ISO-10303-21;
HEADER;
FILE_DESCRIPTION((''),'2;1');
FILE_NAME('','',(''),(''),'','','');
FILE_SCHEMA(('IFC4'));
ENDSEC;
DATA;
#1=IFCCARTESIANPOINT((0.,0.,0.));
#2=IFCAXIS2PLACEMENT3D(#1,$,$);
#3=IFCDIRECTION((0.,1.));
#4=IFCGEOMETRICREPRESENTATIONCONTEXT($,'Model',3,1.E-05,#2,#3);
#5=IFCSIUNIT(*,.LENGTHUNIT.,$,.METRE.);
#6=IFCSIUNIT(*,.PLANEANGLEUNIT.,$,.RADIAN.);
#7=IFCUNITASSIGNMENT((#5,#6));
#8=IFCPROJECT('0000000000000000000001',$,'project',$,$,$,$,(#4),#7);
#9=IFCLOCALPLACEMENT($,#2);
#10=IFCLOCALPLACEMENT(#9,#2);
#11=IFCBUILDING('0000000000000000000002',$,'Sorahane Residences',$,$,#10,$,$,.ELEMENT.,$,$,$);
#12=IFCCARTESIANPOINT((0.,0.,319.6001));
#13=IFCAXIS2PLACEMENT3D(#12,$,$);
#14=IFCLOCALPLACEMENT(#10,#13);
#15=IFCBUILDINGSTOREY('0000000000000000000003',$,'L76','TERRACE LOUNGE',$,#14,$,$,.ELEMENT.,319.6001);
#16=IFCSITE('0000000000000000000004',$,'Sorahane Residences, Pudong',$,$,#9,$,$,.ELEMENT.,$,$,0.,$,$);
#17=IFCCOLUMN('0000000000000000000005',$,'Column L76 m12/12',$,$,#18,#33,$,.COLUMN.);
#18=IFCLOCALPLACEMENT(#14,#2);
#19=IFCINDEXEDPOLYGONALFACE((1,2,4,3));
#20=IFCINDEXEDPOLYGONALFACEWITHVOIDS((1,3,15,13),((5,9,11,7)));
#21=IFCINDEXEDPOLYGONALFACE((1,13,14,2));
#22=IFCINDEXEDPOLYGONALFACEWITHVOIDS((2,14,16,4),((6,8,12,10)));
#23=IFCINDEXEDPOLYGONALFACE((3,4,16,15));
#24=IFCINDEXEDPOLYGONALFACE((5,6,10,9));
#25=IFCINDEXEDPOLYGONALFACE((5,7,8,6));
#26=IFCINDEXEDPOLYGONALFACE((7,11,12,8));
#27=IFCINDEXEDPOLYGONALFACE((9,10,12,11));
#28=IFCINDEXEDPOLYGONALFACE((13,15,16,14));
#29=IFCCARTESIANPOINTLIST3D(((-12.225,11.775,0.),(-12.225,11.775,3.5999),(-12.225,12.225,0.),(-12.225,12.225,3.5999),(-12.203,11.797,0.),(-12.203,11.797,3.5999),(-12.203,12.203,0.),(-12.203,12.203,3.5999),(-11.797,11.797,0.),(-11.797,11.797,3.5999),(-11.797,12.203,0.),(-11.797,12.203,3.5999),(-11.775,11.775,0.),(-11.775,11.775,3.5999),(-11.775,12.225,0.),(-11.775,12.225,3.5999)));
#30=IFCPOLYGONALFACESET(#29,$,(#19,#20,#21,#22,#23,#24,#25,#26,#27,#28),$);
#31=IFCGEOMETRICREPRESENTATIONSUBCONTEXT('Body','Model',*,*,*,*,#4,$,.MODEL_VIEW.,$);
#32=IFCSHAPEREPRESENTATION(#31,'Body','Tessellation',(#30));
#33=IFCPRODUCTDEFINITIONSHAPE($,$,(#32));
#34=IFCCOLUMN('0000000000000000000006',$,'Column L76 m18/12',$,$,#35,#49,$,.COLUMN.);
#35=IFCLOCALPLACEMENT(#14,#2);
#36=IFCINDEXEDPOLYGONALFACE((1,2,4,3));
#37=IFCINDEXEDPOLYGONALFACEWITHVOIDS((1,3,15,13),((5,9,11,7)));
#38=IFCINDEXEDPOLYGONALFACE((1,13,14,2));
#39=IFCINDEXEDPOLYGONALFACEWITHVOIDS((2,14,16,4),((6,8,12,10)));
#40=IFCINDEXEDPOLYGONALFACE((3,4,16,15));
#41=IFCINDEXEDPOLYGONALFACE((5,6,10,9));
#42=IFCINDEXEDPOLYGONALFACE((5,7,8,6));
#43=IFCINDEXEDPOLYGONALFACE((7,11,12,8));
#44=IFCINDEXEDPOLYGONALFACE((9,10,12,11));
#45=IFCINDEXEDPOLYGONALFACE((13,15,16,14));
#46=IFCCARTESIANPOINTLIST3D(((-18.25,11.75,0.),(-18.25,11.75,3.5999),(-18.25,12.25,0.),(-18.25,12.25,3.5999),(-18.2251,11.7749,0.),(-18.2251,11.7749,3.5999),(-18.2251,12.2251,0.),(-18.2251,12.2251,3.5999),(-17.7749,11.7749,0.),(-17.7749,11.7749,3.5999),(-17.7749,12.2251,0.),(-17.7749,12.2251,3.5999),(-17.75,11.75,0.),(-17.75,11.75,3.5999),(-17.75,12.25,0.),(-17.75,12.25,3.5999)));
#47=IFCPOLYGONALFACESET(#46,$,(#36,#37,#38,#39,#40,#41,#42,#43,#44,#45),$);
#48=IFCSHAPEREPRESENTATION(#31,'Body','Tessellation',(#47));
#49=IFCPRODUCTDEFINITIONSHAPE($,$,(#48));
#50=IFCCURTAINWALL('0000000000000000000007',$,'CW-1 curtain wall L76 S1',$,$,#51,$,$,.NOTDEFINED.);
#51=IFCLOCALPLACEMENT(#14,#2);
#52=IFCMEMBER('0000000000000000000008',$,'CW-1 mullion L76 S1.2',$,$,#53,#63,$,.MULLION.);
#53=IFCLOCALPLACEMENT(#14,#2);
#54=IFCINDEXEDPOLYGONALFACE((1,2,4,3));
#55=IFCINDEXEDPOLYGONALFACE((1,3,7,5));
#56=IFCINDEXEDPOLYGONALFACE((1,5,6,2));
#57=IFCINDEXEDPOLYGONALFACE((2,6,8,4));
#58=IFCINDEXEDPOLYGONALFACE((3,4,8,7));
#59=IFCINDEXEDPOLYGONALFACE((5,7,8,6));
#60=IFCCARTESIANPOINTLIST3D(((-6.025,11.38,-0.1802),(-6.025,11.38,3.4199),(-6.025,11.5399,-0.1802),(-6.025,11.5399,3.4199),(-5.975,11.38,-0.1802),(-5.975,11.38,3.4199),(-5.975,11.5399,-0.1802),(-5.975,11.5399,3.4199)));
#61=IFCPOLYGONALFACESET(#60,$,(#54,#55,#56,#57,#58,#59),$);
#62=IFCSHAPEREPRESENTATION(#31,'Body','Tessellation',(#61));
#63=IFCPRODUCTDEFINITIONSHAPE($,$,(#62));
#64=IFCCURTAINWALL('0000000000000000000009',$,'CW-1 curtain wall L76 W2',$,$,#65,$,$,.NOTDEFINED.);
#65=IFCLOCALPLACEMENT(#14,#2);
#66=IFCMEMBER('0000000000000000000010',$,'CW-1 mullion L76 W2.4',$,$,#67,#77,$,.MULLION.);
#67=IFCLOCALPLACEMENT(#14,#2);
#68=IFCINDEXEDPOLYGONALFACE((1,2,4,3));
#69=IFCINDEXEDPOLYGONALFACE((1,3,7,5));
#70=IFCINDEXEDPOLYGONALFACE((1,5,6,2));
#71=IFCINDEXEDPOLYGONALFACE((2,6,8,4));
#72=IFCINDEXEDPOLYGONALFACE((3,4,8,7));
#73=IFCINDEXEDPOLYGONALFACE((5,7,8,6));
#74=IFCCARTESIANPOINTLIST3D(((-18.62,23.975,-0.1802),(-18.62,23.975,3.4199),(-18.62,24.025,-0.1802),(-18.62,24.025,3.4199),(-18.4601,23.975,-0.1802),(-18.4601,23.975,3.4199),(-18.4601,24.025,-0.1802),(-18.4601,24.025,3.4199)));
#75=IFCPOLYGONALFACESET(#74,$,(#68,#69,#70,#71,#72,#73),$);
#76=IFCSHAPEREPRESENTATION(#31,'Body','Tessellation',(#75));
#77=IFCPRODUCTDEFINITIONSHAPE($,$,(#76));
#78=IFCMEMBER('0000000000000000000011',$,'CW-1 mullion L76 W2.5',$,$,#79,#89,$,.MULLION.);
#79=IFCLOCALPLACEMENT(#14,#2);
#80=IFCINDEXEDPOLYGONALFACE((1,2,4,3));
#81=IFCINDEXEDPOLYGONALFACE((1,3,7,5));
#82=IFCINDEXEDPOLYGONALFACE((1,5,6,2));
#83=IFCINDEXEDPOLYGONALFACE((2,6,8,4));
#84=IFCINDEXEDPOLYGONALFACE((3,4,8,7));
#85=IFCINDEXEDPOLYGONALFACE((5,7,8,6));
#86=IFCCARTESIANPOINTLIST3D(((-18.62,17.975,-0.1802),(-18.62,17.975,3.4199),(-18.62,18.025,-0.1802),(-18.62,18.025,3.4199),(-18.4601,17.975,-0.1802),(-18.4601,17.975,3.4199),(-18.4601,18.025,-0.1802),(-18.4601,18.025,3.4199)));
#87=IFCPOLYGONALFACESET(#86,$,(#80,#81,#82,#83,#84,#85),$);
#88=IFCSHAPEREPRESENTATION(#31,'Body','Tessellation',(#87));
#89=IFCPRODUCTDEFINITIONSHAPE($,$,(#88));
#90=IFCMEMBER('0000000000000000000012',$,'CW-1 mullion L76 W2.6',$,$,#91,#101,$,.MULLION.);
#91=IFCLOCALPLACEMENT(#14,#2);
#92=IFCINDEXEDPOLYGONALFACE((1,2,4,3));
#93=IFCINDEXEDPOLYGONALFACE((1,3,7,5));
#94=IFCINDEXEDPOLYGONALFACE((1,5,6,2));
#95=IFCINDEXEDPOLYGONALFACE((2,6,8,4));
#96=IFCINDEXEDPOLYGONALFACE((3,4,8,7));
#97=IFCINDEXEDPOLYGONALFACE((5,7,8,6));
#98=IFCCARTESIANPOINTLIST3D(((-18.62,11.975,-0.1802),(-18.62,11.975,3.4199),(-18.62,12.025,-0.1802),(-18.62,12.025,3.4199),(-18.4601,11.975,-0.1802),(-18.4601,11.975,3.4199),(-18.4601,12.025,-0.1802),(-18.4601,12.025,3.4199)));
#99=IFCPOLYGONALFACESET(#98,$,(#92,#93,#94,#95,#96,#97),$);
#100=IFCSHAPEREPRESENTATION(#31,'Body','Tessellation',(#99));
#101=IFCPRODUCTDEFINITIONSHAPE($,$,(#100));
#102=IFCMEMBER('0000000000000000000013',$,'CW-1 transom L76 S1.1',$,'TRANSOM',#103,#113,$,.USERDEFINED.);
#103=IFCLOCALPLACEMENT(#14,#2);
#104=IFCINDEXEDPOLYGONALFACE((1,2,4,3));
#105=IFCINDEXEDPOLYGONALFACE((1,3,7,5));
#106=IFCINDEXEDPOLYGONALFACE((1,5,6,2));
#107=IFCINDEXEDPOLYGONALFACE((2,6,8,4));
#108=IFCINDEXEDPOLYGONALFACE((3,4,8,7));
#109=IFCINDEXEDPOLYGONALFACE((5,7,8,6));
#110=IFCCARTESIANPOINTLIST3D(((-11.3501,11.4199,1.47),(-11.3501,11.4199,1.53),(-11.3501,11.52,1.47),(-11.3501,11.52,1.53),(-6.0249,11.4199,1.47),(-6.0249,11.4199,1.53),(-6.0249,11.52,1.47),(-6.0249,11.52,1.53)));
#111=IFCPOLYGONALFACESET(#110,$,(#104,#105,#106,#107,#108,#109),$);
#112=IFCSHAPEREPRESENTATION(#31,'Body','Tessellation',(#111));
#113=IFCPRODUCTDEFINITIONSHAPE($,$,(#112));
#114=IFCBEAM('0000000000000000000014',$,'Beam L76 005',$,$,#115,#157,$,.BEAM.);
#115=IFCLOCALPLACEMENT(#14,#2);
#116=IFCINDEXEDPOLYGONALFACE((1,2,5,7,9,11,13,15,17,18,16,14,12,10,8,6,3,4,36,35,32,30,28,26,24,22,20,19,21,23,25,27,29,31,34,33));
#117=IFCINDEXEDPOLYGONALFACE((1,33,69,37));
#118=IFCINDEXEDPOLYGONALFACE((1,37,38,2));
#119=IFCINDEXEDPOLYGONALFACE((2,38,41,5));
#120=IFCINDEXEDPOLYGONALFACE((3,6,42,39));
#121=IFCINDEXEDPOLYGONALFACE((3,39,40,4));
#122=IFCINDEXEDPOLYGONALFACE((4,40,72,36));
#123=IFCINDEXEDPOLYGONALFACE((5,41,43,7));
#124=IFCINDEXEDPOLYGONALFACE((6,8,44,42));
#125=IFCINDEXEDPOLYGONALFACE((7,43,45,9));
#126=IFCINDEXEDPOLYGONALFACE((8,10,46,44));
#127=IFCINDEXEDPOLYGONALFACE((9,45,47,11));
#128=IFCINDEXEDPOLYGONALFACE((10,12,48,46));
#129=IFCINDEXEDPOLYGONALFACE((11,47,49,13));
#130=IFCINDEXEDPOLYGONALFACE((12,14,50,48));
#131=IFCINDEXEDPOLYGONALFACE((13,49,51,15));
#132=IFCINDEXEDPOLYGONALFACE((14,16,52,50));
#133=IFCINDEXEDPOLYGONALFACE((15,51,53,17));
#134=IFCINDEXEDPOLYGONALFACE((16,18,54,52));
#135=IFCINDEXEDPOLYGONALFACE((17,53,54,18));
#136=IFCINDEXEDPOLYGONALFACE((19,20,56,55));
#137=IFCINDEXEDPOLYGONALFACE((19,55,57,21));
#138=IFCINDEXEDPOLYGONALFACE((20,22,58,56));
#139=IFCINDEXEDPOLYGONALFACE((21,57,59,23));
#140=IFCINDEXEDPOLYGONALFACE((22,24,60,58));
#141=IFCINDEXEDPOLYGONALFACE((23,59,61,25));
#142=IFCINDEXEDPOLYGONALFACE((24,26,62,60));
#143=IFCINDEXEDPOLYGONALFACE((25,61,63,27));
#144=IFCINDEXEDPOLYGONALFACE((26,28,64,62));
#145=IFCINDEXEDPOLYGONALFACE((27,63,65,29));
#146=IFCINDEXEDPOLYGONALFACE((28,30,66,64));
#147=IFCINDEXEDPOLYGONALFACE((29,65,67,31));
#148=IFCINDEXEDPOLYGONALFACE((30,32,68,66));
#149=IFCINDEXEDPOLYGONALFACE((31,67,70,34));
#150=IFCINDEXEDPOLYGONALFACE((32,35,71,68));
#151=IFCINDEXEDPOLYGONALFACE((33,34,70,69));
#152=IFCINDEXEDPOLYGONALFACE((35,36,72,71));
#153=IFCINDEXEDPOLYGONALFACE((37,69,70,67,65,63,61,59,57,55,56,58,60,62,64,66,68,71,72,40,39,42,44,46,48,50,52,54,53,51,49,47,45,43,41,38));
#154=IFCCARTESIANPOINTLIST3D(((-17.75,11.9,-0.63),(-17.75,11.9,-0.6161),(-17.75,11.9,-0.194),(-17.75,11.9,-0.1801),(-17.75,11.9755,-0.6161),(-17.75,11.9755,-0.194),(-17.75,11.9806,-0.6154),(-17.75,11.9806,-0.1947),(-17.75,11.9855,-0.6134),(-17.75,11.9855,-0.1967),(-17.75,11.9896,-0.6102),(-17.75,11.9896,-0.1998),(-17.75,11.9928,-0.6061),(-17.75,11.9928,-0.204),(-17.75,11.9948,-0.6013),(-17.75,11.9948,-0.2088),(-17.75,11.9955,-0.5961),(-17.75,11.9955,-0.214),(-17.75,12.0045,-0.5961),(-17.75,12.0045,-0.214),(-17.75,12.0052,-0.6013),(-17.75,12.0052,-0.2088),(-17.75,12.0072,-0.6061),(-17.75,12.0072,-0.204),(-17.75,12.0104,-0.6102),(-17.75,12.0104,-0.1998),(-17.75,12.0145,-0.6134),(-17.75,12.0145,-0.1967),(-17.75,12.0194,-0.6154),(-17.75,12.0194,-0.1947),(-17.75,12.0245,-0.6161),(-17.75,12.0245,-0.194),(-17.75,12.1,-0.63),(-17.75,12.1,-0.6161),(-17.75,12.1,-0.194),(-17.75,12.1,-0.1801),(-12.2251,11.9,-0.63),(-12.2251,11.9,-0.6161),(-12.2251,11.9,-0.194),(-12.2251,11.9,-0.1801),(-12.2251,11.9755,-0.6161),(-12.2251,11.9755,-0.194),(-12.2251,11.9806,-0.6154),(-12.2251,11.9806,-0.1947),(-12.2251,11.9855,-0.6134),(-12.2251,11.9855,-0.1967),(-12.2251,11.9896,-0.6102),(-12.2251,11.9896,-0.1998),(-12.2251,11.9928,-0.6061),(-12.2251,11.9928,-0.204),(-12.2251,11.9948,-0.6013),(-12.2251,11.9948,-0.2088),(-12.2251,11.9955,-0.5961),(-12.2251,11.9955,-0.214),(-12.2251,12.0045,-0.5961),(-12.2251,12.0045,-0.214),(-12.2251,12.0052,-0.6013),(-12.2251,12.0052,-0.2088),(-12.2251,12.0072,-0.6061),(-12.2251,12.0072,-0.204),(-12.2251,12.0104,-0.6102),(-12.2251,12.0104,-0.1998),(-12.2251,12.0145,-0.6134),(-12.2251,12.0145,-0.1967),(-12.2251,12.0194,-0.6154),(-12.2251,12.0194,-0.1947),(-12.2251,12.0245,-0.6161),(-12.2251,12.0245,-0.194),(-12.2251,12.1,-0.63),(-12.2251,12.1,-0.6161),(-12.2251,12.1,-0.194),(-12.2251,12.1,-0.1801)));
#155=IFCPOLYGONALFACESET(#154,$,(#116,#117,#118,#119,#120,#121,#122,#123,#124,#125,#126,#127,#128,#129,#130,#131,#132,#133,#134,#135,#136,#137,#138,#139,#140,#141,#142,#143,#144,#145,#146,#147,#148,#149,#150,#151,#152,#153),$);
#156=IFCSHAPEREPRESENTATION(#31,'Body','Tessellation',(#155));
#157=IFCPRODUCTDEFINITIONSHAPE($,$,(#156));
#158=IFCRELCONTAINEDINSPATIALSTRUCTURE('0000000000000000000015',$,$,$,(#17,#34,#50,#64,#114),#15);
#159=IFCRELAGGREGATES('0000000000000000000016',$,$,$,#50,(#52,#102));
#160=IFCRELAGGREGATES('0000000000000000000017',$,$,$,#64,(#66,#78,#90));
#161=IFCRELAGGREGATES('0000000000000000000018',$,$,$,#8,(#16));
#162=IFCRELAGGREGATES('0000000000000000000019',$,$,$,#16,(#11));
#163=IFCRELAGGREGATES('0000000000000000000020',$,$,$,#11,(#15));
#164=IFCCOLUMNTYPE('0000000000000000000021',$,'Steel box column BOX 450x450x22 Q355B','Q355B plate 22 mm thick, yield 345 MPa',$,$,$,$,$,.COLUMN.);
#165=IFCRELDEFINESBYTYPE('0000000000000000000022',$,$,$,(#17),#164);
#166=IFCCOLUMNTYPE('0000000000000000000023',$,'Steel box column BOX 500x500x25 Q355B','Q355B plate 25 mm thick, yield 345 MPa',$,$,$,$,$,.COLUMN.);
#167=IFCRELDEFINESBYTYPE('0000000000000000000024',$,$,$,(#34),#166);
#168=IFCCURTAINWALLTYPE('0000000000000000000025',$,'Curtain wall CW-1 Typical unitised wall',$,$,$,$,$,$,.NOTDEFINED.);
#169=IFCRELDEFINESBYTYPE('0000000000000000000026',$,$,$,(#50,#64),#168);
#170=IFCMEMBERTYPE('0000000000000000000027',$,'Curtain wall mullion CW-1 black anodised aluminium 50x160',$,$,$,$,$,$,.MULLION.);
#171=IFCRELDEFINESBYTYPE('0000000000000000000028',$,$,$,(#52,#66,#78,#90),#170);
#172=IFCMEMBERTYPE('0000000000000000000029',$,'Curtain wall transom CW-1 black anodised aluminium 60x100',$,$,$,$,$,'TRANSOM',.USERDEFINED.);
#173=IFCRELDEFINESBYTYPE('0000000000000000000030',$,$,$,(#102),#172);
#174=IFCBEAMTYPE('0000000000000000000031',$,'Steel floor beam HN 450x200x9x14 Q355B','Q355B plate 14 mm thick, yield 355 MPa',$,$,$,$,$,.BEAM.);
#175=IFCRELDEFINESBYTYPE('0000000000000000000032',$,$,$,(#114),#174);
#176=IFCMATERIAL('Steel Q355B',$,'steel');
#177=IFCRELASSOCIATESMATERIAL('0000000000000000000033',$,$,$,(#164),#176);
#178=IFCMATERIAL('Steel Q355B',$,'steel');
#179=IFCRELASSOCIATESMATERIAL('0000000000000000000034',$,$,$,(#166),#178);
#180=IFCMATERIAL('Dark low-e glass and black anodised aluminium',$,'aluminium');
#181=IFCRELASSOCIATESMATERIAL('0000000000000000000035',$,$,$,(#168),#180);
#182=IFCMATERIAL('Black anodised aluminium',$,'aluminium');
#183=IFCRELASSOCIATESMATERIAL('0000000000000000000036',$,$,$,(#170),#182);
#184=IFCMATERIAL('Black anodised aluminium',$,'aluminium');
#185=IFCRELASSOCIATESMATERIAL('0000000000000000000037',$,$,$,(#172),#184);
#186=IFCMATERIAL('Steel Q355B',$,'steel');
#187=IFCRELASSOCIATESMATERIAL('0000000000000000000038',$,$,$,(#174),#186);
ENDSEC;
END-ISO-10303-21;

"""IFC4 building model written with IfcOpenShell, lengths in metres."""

from ifc_helpers import new_model, si_unit, direction, frame, origin, origin_2d, place, context, subcontext, project, spatial, rectangle, hollow_rectangle, i_section, extrude, material, material_profile, profile_set, type_object, element, aggregate, save


model = new_model("IFC4")

# Units and contexts
model_context = context("Model", 3, precision=1e-05, world=origin(), true_north=direction((0.0, 1.0)))
body_context = subcontext(model_context, "Body", "Model", "MODEL_VIEW")
ifc_project = project(units=[si_unit("LENGTHUNIT", "METRE"), si_unit("PLANEANGLEUNIT", "RADIAN")], contexts=[model_context])

# Site, building, storey
site_placement = place(None, origin())
site = spatial("IfcSite", under=ifc_project, at=site_placement, Name="Sorahane Residences, Pudong", CompositionType="ELEMENT", RefElevation=0.0)
building_placement = place(site_placement, origin())
building = spatial("IfcBuilding", under=site, at=building_placement, Name="Sorahane Residences", CompositionType="ELEMENT")
storey_placement = place(building_placement, frame((0.0, 0.0, 319.6001)))
storey = spatial("IfcBuildingStorey", under=building, at=storey_placement, Name="L76", Description="TERRACE LOUNGE", CompositionType="ELEMENT", Elevation=319.6001)

# Columns
ifc_material_1 = material(Name="Steel Q355B", Category="steel")
ifc_material_profile_1 = material_profile(ifc_material_1, hollow_rectangle(XDim=0.45, YDim=0.45, WallThickness=0.022, at=origin_2d()), Name="BOX 450x450x22")
ifc_profile_set_1 = profile_set([ifc_material_profile_1], Name="Steel Q355B")
column_type_1 = type_object("IfcColumnType", Name="Steel box column BOX 450x450x22 Q355B", Description="Q355B plate 22 mm thick, yield 345 MPa", PredefinedType="COLUMN", material=ifc_profile_set_1)
column_1_placement = place(storey_placement, frame((-12.0, 12.0, 0.0), z_axis=(0.0, 0.0, 1.0), x_axis=(1.0, 0.0, 0.0)))
element("IfcColumn", 1, at=column_1_placement, inside=storey, type_object=column_type_1, Name="Column L76 m12/12", PredefinedType="COLUMN", context=body_context, shape_type="SweptSolid", body=[
    extrude(hollow_rectangle(XDim=0.45, YDim=0.45, WallThickness=0.022, at=origin_2d()), origin(), (0.0, 0.0, 1.0), 3.5999),
])
ifc_material_2 = material(Name="Steel Q355B", Category="steel")
ifc_material_profile_2 = material_profile(ifc_material_2, hollow_rectangle(XDim=0.5, YDim=0.5, WallThickness=0.0249, at=origin_2d()), Name="BOX 500x500x25")
ifc_profile_set_2 = profile_set([ifc_material_profile_2], Name="Steel Q355B")
column_type_2 = type_object("IfcColumnType", Name="Steel box column BOX 500x500x25 Q355B", Description="Q355B plate 25 mm thick, yield 345 MPa", PredefinedType="COLUMN", material=ifc_profile_set_2)
column_2_placement = place(storey_placement, frame((-18.0, 12.0, 0.0), z_axis=(0.0, 0.0, 1.0), x_axis=(1.0, 0.0, 0.0)))
element("IfcColumn", 2, at=column_2_placement, inside=storey, type_object=column_type_2, Name="Column L76 m18/12", PredefinedType="COLUMN", context=body_context, shape_type="SweptSolid", body=[
    extrude(hollow_rectangle(XDim=0.5, YDim=0.5, WallThickness=0.0249, at=origin_2d()), origin(), (0.0, 0.0, 1.0), 3.5999),
])

# Curtain wall, member
ifc_material_3 = material(Name="Dark low-e glass and black anodised aluminium", Category="aluminium")
curtain_wall_type = type_object("IfcCurtainWallType", Name="Curtain wall CW-1 Typical unitised wall", PredefinedType="NOTDEFINED", material=ifc_material_3)
curtain_wall_1_placement = place(storey_placement, origin())
curtain_wall_1 = element("IfcCurtainWall", 3, at=curtain_wall_1_placement, inside=storey, type_object=curtain_wall_type, Name="CW-1 curtain wall L76 S1", PredefinedType="NOTDEFINED")
ifc_material_4 = material(Name="Black anodised aluminium", Category="aluminium")
ifc_material_profile_3 = material_profile(ifc_material_4, rectangle(XDim=0.1599, YDim=0.05, at=origin_2d()), Name="Curtain wall mullion CW-1 black anodised aluminium 50x160")
ifc_profile_set_3 = profile_set([ifc_material_profile_3], Name="Black anodised aluminium")
member_type_1 = type_object("IfcMemberType", Name="Curtain wall mullion CW-1 black anodised aluminium 50x160", PredefinedType="MULLION", material=ifc_profile_set_3)
member_1_placement = place(storey_placement, frame((-6.0, 11.46, -0.1802), z_axis=(0.0, 0.0, 1.0), x_axis=(0.0, -1.0, 0.0)))
member_1 = element("IfcMember", 4, at=member_1_placement, type_object=member_type_1, Name="CW-1 mullion L76 S1.2", PredefinedType="MULLION", context=body_context, shape_type="SweptSolid", body=[
    extrude(rectangle(XDim=0.1599, YDim=0.05, at=origin_2d()), origin(), (0.0, 0.0, 1.0), 3.6001),
])

# Curtain wall, members
curtain_wall_2_placement = place(storey_placement, origin())
curtain_wall_2 = element("IfcCurtainWall", 5, at=curtain_wall_2_placement, inside=storey, type_object=curtain_wall_type, Name="CW-1 curtain wall L76 W2", PredefinedType="NOTDEFINED")
member_2_placement = place(storey_placement, frame((-18.54, 24.0, -0.1802), z_axis=(0.0, 0.0, 1.0), x_axis=(-1.0, 0.0, 0.0)))
member_2 = element("IfcMember", 6, at=member_2_placement, type_object=member_type_1, Name="CW-1 mullion L76 W2.4", PredefinedType="MULLION", context=body_context, shape_type="SweptSolid", body=[
    extrude(rectangle(XDim=0.1599, YDim=0.05, at=origin_2d()), origin(), (0.0, 0.0, 1.0), 3.6001),
])
member_3_placement = place(storey_placement, frame((-18.54, 18.0, -0.1802), z_axis=(0.0, 0.0, 1.0), x_axis=(-1.0, 0.0, 0.0)))
member_3 = element("IfcMember", 7, at=member_3_placement, type_object=member_type_1, Name="CW-1 mullion L76 W2.5", PredefinedType="MULLION", context=body_context, shape_type="SweptSolid", body=[
    extrude(rectangle(XDim=0.1599, YDim=0.05, at=origin_2d()), origin(), (0.0, 0.0, 1.0), 3.6001),
])
member_4_placement = place(storey_placement, frame((-18.54, 12.0, -0.1802), z_axis=(0.0, 0.0, 1.0), x_axis=(-1.0, 0.0, 0.0)))
member_4 = element("IfcMember", 8, at=member_4_placement, type_object=member_type_1, Name="CW-1 mullion L76 W2.6", PredefinedType="MULLION", context=body_context, shape_type="SweptSolid", body=[
    extrude(rectangle(XDim=0.1599, YDim=0.05, at=origin_2d()), origin(), (0.0, 0.0, 1.0), 3.6001),
])

# Member
ifc_material_5 = material(Name="Black anodised aluminium", Category="aluminium")
ifc_material_profile_4 = material_profile(ifc_material_5, rectangle(XDim=0.1001, YDim=0.0601, at=origin_2d()), Name="Curtain wall transom CW-1 black anodised aluminium 60x100")
ifc_profile_set_4 = profile_set([ifc_material_profile_4], Name="Black anodised aluminium")
member_type_2 = type_object("IfcMemberType", Name="Curtain wall transom CW-1 black anodised aluminium 60x100", ElementType="TRANSOM", PredefinedType="USERDEFINED", material=ifc_profile_set_4)
member_5_placement = place(storey_placement, frame((-11.3501, 11.47, 1.5), z_axis=(1.0, 0.0, 0.0), x_axis=(0.0, 1.0, 0.0)))
member_5 = element("IfcMember", 9, at=member_5_placement, type_object=member_type_2, Name="CW-1 transom L76 S1.1", ObjectType="TRANSOM", PredefinedType="USERDEFINED", context=body_context, shape_type="SweptSolid", body=[
    extrude(rectangle(XDim=0.1001, YDim=0.0601, at=origin_2d()), origin(), (0.0, 0.0, 1.0), 5.3252),
])
aggregate(curtain_wall_1, [member_1, member_5])

# Beam
ifc_material_6 = material(Name="Steel Q355B", Category="steel")
ifc_material_profile_5 = material_profile(ifc_material_6, i_section(OverallWidth=0.2, OverallDepth=0.45, WebThickness=0.009, FlangeThickness=0.0139, FilletRadius=0.02, at=origin_2d()), Name="HN 450x200x9x14")
ifc_profile_set_5 = profile_set([ifc_material_profile_5], Name="Steel Q355B")
beam_type_1 = type_object("IfcBeamType", Name="Steel floor beam HN 450x200x9x14 Q355B", Description="Q355B plate 14 mm thick, yield 355 MPa", PredefinedType="BEAM", material=ifc_profile_set_5)
beam_1_placement = place(storey_placement, frame((-17.75, 12.0, -0.405), z_axis=(1.0, 0.0, 0.0), x_axis=(0.0, 1.0, 0.0)))
element("IfcBeam", 10, at=beam_1_placement, inside=storey, type_object=beam_type_1, Name="Beam L76 005", PredefinedType="BEAM", context=body_context, shape_type="SweptSolid", body=[
    extrude(i_section(OverallWidth=0.2, OverallDepth=0.45, WebThickness=0.009, FlangeThickness=0.0139, FilletRadius=0.02, at=origin_2d()), origin(), (0.0, 0.0, 1.0), 5.5249),
])

aggregate(curtain_wall_2, [member_2, member_3, member_4])

save(model, "model.ifc")
